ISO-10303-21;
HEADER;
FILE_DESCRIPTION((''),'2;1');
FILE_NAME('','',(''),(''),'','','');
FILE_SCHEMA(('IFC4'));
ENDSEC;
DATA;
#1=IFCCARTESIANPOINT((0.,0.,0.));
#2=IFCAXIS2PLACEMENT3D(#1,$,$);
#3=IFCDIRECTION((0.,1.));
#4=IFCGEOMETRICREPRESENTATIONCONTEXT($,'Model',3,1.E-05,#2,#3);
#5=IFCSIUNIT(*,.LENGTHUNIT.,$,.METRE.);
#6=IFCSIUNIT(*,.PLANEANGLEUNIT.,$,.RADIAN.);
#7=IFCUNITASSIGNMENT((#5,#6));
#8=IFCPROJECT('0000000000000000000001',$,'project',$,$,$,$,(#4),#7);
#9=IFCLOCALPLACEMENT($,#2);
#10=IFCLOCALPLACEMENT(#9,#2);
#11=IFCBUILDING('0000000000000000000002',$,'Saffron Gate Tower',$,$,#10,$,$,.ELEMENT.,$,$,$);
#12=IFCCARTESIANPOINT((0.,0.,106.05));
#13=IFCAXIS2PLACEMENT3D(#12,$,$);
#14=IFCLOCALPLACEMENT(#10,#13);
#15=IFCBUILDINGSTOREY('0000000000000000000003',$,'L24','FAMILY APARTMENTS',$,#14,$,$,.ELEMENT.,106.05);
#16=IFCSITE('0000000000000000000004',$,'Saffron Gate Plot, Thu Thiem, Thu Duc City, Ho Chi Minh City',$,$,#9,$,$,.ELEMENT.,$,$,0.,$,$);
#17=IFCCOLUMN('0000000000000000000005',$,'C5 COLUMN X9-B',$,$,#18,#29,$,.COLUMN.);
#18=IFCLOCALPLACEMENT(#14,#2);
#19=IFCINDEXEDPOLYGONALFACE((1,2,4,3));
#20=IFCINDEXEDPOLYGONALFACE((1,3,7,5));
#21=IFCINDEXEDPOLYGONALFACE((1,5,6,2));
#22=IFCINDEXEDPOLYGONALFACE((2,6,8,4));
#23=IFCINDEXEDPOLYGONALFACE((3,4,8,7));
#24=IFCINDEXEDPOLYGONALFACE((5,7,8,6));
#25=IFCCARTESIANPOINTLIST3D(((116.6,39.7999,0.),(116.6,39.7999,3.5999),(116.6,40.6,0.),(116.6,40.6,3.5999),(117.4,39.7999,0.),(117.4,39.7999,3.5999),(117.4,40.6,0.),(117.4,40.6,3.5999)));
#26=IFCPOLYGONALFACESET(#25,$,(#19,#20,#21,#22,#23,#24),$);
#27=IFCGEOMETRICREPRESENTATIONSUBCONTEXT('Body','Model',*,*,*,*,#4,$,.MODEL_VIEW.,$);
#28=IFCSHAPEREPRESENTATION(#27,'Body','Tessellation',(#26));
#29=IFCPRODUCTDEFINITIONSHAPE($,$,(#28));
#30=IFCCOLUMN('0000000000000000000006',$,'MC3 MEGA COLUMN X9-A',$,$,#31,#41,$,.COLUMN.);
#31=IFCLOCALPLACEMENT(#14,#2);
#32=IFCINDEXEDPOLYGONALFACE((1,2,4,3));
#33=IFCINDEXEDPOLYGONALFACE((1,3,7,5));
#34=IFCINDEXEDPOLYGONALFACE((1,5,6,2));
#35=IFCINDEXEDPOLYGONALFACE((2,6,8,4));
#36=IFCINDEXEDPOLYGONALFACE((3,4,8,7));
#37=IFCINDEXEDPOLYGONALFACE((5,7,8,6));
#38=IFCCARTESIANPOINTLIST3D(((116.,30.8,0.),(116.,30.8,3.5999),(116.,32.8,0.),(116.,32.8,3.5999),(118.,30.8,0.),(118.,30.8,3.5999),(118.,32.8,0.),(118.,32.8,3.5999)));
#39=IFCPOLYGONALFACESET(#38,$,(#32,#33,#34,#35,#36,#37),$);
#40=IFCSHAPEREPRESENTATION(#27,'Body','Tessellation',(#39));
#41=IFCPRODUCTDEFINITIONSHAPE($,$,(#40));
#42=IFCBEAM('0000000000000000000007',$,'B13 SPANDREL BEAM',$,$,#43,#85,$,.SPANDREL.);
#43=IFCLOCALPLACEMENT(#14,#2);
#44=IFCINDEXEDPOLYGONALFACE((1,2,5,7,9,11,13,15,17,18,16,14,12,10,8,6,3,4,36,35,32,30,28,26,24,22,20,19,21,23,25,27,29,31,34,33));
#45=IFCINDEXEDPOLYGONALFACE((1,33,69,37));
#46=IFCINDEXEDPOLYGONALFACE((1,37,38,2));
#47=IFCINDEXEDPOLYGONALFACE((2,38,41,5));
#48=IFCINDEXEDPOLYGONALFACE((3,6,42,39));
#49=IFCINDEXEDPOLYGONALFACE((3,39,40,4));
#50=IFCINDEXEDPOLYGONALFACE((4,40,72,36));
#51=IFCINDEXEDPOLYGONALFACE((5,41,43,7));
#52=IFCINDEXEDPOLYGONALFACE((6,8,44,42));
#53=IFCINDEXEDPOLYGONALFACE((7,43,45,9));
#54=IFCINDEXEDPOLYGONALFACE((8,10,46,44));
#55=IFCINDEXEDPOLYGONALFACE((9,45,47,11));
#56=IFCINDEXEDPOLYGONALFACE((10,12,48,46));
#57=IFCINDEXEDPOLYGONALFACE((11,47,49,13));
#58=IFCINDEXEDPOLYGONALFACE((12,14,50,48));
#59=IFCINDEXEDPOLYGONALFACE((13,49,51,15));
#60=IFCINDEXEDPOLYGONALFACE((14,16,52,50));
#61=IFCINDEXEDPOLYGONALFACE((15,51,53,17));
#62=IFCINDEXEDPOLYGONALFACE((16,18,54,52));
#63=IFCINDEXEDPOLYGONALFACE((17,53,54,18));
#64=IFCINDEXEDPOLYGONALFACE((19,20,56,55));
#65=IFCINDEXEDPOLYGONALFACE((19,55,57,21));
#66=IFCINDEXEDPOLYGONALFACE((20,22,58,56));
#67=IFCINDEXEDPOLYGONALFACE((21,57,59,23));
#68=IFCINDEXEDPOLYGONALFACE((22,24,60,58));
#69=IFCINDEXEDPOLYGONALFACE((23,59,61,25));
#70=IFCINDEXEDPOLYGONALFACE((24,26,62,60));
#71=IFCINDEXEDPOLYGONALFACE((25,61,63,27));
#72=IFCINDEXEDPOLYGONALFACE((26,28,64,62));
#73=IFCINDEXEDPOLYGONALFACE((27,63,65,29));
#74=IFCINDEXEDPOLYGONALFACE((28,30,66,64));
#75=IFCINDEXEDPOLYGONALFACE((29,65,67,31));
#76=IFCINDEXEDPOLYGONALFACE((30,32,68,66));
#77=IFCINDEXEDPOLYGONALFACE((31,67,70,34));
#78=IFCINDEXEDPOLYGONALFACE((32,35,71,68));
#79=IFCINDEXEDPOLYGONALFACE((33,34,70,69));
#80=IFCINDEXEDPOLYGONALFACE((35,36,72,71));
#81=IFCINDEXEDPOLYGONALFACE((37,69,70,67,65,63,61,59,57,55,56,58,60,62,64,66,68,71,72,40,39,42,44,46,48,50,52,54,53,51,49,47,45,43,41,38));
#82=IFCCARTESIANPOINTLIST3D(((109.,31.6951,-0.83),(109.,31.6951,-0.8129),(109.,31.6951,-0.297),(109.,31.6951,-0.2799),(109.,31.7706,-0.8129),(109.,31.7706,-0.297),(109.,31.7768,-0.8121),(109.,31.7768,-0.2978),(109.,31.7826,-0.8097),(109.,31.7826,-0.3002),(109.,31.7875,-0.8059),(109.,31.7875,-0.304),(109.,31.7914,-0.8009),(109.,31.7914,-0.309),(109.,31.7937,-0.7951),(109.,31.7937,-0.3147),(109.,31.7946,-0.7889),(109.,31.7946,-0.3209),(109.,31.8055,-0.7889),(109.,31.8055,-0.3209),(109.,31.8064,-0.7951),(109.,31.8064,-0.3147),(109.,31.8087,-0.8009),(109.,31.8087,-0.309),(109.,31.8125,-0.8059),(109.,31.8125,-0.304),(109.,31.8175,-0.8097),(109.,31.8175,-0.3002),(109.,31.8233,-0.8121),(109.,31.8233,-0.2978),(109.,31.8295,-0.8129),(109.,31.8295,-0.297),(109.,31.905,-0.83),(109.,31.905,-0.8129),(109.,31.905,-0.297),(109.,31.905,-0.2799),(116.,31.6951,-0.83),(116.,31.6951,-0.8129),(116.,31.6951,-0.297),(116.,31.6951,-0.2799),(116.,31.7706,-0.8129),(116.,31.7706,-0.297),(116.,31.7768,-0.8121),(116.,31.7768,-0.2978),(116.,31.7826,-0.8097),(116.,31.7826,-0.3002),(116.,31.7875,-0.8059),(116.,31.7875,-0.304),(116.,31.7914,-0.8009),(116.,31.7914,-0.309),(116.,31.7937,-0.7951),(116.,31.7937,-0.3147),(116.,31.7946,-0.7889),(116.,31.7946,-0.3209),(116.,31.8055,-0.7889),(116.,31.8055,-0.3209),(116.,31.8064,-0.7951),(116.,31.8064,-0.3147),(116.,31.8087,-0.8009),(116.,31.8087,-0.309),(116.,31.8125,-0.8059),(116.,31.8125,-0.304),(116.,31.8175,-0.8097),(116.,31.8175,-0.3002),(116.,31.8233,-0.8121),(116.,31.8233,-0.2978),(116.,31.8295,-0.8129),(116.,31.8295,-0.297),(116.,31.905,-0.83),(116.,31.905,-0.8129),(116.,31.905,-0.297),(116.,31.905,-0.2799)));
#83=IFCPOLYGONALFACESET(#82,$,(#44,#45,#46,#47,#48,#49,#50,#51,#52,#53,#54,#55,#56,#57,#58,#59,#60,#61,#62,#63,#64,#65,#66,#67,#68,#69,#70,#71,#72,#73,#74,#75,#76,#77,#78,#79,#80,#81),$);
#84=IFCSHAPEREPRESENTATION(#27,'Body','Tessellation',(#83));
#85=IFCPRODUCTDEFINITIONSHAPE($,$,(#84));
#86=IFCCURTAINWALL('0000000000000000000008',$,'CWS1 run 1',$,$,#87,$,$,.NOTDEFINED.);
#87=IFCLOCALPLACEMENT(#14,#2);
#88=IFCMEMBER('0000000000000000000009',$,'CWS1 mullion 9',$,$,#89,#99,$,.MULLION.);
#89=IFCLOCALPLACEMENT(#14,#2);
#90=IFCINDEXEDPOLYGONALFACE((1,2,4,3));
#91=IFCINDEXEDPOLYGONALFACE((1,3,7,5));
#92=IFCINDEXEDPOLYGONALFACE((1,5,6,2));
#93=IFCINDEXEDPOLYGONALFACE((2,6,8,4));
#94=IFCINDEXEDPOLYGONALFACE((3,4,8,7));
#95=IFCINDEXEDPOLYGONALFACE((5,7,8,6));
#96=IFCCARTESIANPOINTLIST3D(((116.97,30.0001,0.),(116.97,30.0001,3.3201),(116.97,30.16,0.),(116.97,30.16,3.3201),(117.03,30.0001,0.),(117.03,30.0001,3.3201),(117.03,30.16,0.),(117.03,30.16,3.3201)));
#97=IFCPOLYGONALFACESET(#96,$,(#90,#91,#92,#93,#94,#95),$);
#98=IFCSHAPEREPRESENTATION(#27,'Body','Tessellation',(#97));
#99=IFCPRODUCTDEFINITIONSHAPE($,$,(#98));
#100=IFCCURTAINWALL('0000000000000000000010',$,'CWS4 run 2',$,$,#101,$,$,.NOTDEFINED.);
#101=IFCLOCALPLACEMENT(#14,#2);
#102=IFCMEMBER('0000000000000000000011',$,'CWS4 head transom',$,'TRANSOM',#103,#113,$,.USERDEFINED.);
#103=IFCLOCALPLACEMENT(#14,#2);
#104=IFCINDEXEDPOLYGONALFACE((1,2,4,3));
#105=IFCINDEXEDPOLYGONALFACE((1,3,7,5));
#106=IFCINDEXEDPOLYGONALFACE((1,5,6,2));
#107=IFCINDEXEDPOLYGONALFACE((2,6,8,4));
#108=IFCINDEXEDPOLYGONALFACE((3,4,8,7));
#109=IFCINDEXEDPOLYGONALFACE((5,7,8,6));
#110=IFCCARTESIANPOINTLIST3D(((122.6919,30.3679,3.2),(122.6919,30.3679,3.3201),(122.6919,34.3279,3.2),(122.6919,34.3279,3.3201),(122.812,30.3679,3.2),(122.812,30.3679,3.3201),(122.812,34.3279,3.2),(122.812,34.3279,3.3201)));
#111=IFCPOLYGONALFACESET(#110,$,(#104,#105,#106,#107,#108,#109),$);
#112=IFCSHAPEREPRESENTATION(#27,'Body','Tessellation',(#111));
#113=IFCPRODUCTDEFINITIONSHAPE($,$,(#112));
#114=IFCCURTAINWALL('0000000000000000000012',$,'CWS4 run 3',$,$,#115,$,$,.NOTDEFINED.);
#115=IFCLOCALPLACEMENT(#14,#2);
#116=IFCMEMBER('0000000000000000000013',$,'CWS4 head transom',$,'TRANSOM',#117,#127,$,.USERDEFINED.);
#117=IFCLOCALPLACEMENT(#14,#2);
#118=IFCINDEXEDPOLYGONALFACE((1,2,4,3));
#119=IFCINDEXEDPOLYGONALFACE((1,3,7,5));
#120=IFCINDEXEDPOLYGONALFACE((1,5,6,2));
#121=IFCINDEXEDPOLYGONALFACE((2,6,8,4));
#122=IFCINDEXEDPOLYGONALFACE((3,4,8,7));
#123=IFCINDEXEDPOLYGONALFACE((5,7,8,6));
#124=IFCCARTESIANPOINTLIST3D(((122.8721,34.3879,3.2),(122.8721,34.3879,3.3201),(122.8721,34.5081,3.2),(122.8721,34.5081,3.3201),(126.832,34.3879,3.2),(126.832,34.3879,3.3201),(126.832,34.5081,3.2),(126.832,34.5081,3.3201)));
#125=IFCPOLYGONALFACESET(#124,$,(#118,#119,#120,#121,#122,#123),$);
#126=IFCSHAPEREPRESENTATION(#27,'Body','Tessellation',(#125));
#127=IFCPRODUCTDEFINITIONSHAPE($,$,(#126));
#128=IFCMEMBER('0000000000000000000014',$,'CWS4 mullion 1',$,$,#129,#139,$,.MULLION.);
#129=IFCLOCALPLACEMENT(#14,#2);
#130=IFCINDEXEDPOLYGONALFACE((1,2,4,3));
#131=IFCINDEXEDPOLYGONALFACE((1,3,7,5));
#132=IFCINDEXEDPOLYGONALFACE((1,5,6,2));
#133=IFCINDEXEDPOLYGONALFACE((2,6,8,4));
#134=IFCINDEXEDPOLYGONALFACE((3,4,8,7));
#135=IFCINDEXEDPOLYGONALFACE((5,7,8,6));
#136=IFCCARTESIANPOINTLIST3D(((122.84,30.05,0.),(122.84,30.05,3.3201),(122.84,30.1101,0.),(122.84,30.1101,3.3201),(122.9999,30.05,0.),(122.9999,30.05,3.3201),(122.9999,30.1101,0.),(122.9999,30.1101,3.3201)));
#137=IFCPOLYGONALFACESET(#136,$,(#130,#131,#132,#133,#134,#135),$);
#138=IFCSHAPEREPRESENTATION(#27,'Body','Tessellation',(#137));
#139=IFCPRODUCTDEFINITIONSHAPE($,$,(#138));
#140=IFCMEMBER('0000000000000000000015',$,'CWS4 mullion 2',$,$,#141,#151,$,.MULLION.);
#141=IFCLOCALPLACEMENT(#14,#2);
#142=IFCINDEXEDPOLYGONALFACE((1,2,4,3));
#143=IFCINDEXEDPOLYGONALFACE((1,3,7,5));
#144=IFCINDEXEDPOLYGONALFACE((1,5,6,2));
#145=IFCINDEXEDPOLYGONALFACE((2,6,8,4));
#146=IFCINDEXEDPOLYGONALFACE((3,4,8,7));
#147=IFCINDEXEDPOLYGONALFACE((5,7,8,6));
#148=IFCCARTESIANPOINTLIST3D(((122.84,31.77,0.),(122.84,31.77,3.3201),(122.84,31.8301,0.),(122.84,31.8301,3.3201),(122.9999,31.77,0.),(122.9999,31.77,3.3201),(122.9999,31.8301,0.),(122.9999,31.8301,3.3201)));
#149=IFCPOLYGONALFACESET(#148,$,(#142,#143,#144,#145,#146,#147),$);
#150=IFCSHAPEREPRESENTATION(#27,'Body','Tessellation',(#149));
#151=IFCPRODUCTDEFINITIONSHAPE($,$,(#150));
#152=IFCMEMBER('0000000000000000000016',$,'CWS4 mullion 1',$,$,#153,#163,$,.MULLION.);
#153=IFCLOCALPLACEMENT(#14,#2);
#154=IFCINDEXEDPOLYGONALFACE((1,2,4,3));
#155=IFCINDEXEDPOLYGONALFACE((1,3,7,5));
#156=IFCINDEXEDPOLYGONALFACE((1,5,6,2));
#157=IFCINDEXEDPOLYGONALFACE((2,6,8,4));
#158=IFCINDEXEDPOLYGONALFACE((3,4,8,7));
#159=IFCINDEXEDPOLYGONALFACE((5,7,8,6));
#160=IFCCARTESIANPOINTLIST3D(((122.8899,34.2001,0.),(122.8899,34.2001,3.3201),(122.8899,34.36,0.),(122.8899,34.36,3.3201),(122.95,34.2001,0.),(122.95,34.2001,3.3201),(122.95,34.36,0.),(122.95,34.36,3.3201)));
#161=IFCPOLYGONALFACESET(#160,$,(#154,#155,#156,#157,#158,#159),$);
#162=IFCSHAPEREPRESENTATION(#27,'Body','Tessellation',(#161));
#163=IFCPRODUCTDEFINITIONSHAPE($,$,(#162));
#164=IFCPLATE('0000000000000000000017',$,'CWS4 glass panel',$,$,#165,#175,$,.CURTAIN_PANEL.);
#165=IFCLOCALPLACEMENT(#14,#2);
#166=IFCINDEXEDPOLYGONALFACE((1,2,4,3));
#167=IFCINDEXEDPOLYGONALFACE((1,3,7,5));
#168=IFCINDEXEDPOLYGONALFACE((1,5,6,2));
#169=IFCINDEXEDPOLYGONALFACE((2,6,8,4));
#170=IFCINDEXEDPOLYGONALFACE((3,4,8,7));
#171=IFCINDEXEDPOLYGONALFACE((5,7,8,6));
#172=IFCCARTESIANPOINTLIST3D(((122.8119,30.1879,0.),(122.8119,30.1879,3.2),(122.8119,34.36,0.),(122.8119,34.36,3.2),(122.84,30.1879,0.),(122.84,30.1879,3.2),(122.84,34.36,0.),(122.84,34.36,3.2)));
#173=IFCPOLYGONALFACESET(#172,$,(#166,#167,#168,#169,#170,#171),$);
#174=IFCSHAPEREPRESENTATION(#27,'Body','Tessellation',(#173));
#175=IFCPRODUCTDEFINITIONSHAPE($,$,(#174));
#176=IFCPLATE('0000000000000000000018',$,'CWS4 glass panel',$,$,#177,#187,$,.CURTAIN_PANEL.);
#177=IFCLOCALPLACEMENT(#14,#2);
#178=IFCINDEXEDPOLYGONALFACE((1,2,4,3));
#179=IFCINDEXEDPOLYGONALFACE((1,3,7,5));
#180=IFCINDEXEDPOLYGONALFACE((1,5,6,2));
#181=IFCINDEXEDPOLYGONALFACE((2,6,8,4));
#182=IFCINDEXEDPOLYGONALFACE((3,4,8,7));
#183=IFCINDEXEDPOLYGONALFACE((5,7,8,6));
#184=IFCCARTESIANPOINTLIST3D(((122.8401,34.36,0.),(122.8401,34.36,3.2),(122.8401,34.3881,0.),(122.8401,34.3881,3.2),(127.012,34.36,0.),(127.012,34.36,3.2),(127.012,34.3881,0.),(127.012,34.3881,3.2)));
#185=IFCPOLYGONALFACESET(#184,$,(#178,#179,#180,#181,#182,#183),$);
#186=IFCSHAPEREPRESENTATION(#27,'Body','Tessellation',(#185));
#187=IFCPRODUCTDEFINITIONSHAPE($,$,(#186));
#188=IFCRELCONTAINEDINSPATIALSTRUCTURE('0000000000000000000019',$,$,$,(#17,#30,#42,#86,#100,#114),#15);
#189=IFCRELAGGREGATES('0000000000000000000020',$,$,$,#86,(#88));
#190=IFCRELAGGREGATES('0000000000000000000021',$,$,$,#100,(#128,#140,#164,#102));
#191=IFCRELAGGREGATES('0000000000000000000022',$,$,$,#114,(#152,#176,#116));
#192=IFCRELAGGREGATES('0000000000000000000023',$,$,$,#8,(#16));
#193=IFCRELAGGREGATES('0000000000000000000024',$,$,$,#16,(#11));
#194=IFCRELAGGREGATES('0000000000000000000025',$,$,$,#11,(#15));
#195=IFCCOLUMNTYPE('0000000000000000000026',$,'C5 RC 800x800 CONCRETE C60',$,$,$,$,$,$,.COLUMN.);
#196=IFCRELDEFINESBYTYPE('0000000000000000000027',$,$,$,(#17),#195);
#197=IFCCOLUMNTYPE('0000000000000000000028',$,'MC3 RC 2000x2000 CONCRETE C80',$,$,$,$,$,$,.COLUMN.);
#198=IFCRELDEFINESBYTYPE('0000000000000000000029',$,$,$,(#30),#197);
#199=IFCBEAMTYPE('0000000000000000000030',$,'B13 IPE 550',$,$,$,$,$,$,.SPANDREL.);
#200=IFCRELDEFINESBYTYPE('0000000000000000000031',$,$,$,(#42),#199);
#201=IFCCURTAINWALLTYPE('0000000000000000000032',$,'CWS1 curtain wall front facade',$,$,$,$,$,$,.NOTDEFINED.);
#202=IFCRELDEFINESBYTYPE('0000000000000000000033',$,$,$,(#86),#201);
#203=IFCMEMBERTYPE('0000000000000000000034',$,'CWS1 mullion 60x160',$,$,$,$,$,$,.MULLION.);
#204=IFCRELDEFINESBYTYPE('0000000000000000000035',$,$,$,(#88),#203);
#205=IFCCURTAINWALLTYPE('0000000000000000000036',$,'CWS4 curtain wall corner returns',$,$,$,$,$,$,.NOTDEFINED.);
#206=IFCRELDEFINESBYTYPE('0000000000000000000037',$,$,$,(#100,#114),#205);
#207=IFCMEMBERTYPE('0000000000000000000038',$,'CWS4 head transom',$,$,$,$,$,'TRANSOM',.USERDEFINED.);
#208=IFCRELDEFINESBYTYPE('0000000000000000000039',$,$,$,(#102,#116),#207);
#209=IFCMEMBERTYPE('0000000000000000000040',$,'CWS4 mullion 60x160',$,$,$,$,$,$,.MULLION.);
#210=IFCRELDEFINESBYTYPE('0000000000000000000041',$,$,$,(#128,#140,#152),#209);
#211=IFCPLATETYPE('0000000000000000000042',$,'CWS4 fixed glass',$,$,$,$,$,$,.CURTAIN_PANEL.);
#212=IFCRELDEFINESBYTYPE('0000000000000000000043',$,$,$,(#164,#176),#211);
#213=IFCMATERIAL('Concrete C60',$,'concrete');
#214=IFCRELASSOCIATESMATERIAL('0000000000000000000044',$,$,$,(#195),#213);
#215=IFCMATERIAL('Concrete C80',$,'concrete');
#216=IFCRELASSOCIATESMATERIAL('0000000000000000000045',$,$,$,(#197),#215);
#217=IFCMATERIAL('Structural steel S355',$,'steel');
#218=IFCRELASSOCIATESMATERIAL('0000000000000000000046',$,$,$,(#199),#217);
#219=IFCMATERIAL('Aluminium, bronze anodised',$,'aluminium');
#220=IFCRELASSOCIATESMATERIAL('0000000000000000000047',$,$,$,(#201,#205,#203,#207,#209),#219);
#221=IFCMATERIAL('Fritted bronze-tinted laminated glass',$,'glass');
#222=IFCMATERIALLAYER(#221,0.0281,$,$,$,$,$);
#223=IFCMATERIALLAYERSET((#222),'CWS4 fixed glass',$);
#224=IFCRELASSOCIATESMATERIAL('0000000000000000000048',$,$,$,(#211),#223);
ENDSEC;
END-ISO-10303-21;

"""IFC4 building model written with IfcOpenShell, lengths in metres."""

from ifc_helpers import new_model, si_unit, direction, frame, frame_2d, origin, origin_2d, place, context, subcontext, project, spatial, rectangle, i_section, extrude, material, layer, layer_set, material_profile, profile_set, type_object, element, aggregate, save


model = new_model("IFC4")

# Units and contexts
model_context = context("Model", 3, precision=1e-05, world=origin(), true_north=direction((0.0, 1.0)))
body_context = subcontext(model_context, "Body", "Model", "MODEL_VIEW")
ifc_project = project(units=[si_unit("LENGTHUNIT", "METRE"), si_unit("PLANEANGLEUNIT", "RADIAN")], contexts=[model_context])

# Site, building, storey
site_placement = place(None, origin())
site = spatial("IfcSite", under=ifc_project, at=site_placement, Name="Saffron Gate Plot, Thu Thiem, Thu Duc City, Ho Chi Minh City", CompositionType="ELEMENT", RefElevation=0.0)
building_placement = place(site_placement, origin())
building = spatial("IfcBuilding", under=site, at=building_placement, Name="Saffron Gate Tower", CompositionType="ELEMENT")
storey_placement = place(building_placement, frame((0.0, 0.0, 106.05)))
storey = spatial("IfcBuildingStorey", under=building, at=storey_placement, Name="L24", Description="FAMILY APARTMENTS", CompositionType="ELEMENT", Elevation=106.05)

# Columns
ifc_material_1 = material(Name="Concrete C60", Category="concrete")
ifc_material_profile_1 = material_profile(ifc_material_1, rectangle(XDim=0.8, YDim=0.8, at=origin_2d()))
ifc_profile_set_1 = profile_set([ifc_material_profile_1], Name="Concrete C60")
column_type_1 = type_object("IfcColumnType", Name="C5 RC 800x800 CONCRETE C60", PredefinedType="COLUMN", material=ifc_profile_set_1)
column_1_placement = place(storey_placement, frame((117.0, 40.2, 0.0), z_axis=(0.0, 0.0, 1.0), x_axis=(1.0, 0.0, 0.0)))
element("IfcColumn", 1, at=column_1_placement, inside=storey, type_object=column_type_1, Name="C5 COLUMN X9-B", PredefinedType="COLUMN", context=body_context, shape_type="SweptSolid", body=[
    extrude(rectangle(XDim=0.8, YDim=0.8, at=origin_2d()), origin(), (0.0, 0.0, 1.0), 3.5999),
])
ifc_material_2 = material(Name="Concrete C80", Category="concrete")
ifc_material_profile_2 = material_profile(ifc_material_2, rectangle(XDim=2.0, YDim=2.0, at=origin_2d()))
ifc_profile_set_2 = profile_set([ifc_material_profile_2], Name="Concrete C80")
column_type_2 = type_object("IfcColumnType", Name="MC3 RC 2000x2000 CONCRETE C80", PredefinedType="COLUMN", material=ifc_profile_set_2)
column_2_placement = place(storey_placement, frame((117.0, 31.8, 0.0), z_axis=(0.0, 0.0, 1.0), x_axis=(1.0, 0.0, 0.0)))
element("IfcColumn", 2, at=column_2_placement, inside=storey, type_object=column_type_2, Name="MC3 MEGA COLUMN X9-A", PredefinedType="COLUMN", context=body_context, shape_type="SweptSolid", body=[
    extrude(rectangle(XDim=2.0, YDim=2.0, at=origin_2d()), origin(), (0.0, 0.0, 1.0), 3.5999),
])

# Beam
ifc_material_3 = material(Name="Structural steel S355", Category="steel")
ifc_material_profile_3 = material_profile(ifc_material_3, i_section(OverallWidth=0.21, OverallDepth=0.55, WebThickness=0.011, FlangeThickness=0.0171, FilletRadius=0.0239, at=origin_2d()))
ifc_profile_set_3 = profile_set([ifc_material_profile_3], Name="Structural steel S355")
beam_type = type_object("IfcBeamType", Name="B13 IPE 550", PredefinedType="SPANDREL", material=ifc_profile_set_3)
beam_placement = place(storey_placement, frame((109.0, 31.8, -0.5549), z_axis=(1.0, 0.0, 0.0), x_axis=(0.0, 1.0, 0.0)))
element("IfcBeam", 3, at=beam_placement, inside=storey, type_object=beam_type, Name="B13 SPANDREL BEAM", PredefinedType="SPANDREL", context=body_context, shape_type="SweptSolid", body=[
    extrude(i_section(OverallWidth=0.21, OverallDepth=0.55, WebThickness=0.011, FlangeThickness=0.0171, FilletRadius=0.0239, at=origin_2d()), origin(), (0.0, 0.0, 1.0), 7.0),
])

# Curtain walls, members
ifc_material_4 = material(Name="Aluminium, bronze anodised", Category="aluminium")
curtain_wall_type_1 = type_object("IfcCurtainWallType", Name="CWS1 curtain wall front facade", PredefinedType="NOTDEFINED", material=ifc_material_4)
curtain_wall_1_placement = place(storey_placement, origin())
curtain_wall_1 = element("IfcCurtainWall", 4, at=curtain_wall_1_placement, inside=storey, type_object=curtain_wall_type_1, Name="CWS1 run 1", PredefinedType="NOTDEFINED")
ifc_material_profile_4 = material_profile(ifc_material_4, rectangle(XDim=0.1599, YDim=0.0601, at=origin_2d()))
ifc_profile_set_4 = profile_set([ifc_material_profile_4], Name="Aluminium, bronze anodised")
member_type_1 = type_object("IfcMemberType", Name="CWS1 mullion 60x160", PredefinedType="MULLION", material=ifc_profile_set_4)
member_1_placement = place(storey_placement, frame((117.0, 30.0801, 0.0), z_axis=(0.0, 0.0, 1.0), x_axis=(0.0, 1.0, 0.0)))
member_1 = element("IfcMember", 5, at=member_1_placement, type_object=member_type_1, Name="CWS1 mullion 9", PredefinedType="MULLION", context=body_context, shape_type="SweptSolid", body=[
    extrude(rectangle(XDim=0.1599, YDim=0.0601, at=origin_2d()), origin(), (0.0, 0.0, 1.0), 3.3201),
])
aggregate(curtain_wall_1, [member_1])
curtain_wall_type_2 = type_object("IfcCurtainWallType", Name="CWS4 curtain wall corner returns", PredefinedType="NOTDEFINED", material=ifc_material_4)
curtain_wall_2_placement = place(storey_placement, origin())
curtain_wall_2 = element("IfcCurtainWall", 6, at=curtain_wall_2_placement, inside=storey, type_object=curtain_wall_type_2, Name="CWS4 run 2", PredefinedType="NOTDEFINED")
ifc_material_profile_5 = material_profile(ifc_material_4, rectangle(XDim=0.1201, YDim=0.1201, at=origin_2d()))
ifc_profile_set_5 = profile_set([ifc_material_profile_5], Name="Aluminium, bronze anodised")
member_type_2 = type_object("IfcMemberType", Name="CWS4 head transom", ElementType="TRANSOM", PredefinedType="USERDEFINED", material=ifc_profile_set_5)
member_2_placement = place(storey_placement, frame((122.752, 30.3679, 3.26), z_axis=(0.0, 1.0, 0.0), x_axis=(-1.0, 0.0, 0.0)))
member_2 = element("IfcMember", 7, at=member_2_placement, type_object=member_type_2, Name="CWS4 head transom", ObjectType="TRANSOM", PredefinedType="USERDEFINED", context=body_context, shape_type="SweptSolid", body=[
    extrude(rectangle(XDim=0.1201, YDim=0.1201, at=origin_2d()), origin(), (0.0, 0.0, 1.0), 3.96),
])
curtain_wall_3_placement = place(storey_placement, origin())
curtain_wall_3 = element("IfcCurtainWall", 8, at=curtain_wall_3_placement, inside=storey, type_object=curtain_wall_type_2, Name="CWS4 run 3", PredefinedType="NOTDEFINED")
member_3_placement = place(storey_placement, frame((122.8721, 34.448, 3.26), z_axis=(1.0, 0.0, 0.0), x_axis=(0.0, 1.0, 0.0)))
member_3 = element("IfcMember", 9, at=member_3_placement, type_object=member_type_2, Name="CWS4 head transom", ObjectType="TRANSOM", PredefinedType="USERDEFINED", context=body_context, shape_type="SweptSolid", body=[
    extrude(rectangle(XDim=0.1201, YDim=0.1201, at=origin_2d()), origin(), (0.0, 0.0, 1.0), 3.96),
])

# Members
ifc_material_profile_6 = material_profile(ifc_material_4, rectangle(XDim=0.1599, YDim=0.0601, at=origin_2d()))
ifc_profile_set_6 = profile_set([ifc_material_profile_6], Name="Aluminium, bronze anodised")
member_type_3 = type_object("IfcMemberType", Name="CWS4 mullion 60x160", PredefinedType="MULLION", material=ifc_profile_set_6)
member_4_placement = place(storey_placement, frame((122.9199, 30.0801, 0.0), z_axis=(0.0, 0.0, 1.0), x_axis=(-1.0, 0.0, 0.0)))
member_4 = element("IfcMember", 10, at=member_4_placement, type_object=member_type_3, Name="CWS4 mullion 1", PredefinedType="MULLION", context=body_context, shape_type="SweptSolid", body=[
    extrude(rectangle(XDim=0.1599, YDim=0.0601, at=origin_2d()), origin(), (0.0, 0.0, 1.0), 3.3201),
])
member_5_placement = place(storey_placement, frame((122.9199, 31.8, 0.0), z_axis=(0.0, 0.0, 1.0), x_axis=(-1.0, 0.0, 0.0)))
member_5 = element("IfcMember", 11, at=member_5_placement, type_object=member_type_3, Name="CWS4 mullion 2", PredefinedType="MULLION", context=body_context, shape_type="SweptSolid", body=[
    extrude(rectangle(XDim=0.1599, YDim=0.0601, at=origin_2d()), origin(), (0.0, 0.0, 1.0), 3.3201),
])
member_6_placement = place(storey_placement, frame((122.9199, 34.28, 0.0), z_axis=(0.0, 0.0, 1.0), x_axis=(0.0, 1.0, 0.0)))
member_6 = element("IfcMember", 12, at=member_6_placement, type_object=member_type_3, Name="CWS4 mullion 1", PredefinedType="MULLION", context=body_context, shape_type="SweptSolid", body=[
    extrude(rectangle(XDim=0.1599, YDim=0.0601, at=origin_2d()), origin(), (0.0, 0.0, 1.0), 3.3201),
])

# Plates
ifc_material_5 = material(Name="Fritted bronze-tinted laminated glass", Category="glass")
ifc_layer_1 = layer(ifc_material_5, 0.0281)
ifc_layer_set_1 = layer_set([ifc_layer_1], Name="CWS4 fixed glass")
plate_type = type_object("IfcPlateType", Name="CWS4 fixed glass", PredefinedType="CURTAIN_PANEL", material=ifc_layer_set_1)
plate_1_placement = place(storey_placement, frame((122.8259, 30.188, 0.0), z_axis=(0.0, 0.0, 1.0), x_axis=(0.0, 1.0, 0.0)))
plate_1 = element("IfcPlate", 13, at=plate_1_placement, type_object=plate_type, Name="CWS4 glass panel", PredefinedType="CURTAIN_PANEL", context=body_context, shape_type="SweptSolid", body=[
    extrude(rectangle(XDim=4.1721, YDim=0.0281, at=frame_2d((2.0859, 0.0))), origin(), (0.0, 0.0, 1.0), 3.2),
])
aggregate(curtain_wall_2, [member_4, member_5, plate_1, member_2])
plate_2_placement = place(storey_placement, frame((122.8401, 34.374, 0.0), z_axis=(0.0, 0.0, 1.0), x_axis=(1.0, 0.0, 0.0)))
plate_2 = element("IfcPlate", 14, at=plate_2_placement, type_object=plate_type, Name="CWS4 glass panel", PredefinedType="CURTAIN_PANEL", context=body_context, shape_type="SweptSolid", body=[
    extrude(rectangle(XDim=4.1719, YDim=0.0281, at=frame_2d((2.0859, 0.0))), origin(), (0.0, 0.0, 1.0), 3.2),
])
aggregate(curtain_wall_3, [member_6, plate_2, member_3])

save(model, "model.ifc")
